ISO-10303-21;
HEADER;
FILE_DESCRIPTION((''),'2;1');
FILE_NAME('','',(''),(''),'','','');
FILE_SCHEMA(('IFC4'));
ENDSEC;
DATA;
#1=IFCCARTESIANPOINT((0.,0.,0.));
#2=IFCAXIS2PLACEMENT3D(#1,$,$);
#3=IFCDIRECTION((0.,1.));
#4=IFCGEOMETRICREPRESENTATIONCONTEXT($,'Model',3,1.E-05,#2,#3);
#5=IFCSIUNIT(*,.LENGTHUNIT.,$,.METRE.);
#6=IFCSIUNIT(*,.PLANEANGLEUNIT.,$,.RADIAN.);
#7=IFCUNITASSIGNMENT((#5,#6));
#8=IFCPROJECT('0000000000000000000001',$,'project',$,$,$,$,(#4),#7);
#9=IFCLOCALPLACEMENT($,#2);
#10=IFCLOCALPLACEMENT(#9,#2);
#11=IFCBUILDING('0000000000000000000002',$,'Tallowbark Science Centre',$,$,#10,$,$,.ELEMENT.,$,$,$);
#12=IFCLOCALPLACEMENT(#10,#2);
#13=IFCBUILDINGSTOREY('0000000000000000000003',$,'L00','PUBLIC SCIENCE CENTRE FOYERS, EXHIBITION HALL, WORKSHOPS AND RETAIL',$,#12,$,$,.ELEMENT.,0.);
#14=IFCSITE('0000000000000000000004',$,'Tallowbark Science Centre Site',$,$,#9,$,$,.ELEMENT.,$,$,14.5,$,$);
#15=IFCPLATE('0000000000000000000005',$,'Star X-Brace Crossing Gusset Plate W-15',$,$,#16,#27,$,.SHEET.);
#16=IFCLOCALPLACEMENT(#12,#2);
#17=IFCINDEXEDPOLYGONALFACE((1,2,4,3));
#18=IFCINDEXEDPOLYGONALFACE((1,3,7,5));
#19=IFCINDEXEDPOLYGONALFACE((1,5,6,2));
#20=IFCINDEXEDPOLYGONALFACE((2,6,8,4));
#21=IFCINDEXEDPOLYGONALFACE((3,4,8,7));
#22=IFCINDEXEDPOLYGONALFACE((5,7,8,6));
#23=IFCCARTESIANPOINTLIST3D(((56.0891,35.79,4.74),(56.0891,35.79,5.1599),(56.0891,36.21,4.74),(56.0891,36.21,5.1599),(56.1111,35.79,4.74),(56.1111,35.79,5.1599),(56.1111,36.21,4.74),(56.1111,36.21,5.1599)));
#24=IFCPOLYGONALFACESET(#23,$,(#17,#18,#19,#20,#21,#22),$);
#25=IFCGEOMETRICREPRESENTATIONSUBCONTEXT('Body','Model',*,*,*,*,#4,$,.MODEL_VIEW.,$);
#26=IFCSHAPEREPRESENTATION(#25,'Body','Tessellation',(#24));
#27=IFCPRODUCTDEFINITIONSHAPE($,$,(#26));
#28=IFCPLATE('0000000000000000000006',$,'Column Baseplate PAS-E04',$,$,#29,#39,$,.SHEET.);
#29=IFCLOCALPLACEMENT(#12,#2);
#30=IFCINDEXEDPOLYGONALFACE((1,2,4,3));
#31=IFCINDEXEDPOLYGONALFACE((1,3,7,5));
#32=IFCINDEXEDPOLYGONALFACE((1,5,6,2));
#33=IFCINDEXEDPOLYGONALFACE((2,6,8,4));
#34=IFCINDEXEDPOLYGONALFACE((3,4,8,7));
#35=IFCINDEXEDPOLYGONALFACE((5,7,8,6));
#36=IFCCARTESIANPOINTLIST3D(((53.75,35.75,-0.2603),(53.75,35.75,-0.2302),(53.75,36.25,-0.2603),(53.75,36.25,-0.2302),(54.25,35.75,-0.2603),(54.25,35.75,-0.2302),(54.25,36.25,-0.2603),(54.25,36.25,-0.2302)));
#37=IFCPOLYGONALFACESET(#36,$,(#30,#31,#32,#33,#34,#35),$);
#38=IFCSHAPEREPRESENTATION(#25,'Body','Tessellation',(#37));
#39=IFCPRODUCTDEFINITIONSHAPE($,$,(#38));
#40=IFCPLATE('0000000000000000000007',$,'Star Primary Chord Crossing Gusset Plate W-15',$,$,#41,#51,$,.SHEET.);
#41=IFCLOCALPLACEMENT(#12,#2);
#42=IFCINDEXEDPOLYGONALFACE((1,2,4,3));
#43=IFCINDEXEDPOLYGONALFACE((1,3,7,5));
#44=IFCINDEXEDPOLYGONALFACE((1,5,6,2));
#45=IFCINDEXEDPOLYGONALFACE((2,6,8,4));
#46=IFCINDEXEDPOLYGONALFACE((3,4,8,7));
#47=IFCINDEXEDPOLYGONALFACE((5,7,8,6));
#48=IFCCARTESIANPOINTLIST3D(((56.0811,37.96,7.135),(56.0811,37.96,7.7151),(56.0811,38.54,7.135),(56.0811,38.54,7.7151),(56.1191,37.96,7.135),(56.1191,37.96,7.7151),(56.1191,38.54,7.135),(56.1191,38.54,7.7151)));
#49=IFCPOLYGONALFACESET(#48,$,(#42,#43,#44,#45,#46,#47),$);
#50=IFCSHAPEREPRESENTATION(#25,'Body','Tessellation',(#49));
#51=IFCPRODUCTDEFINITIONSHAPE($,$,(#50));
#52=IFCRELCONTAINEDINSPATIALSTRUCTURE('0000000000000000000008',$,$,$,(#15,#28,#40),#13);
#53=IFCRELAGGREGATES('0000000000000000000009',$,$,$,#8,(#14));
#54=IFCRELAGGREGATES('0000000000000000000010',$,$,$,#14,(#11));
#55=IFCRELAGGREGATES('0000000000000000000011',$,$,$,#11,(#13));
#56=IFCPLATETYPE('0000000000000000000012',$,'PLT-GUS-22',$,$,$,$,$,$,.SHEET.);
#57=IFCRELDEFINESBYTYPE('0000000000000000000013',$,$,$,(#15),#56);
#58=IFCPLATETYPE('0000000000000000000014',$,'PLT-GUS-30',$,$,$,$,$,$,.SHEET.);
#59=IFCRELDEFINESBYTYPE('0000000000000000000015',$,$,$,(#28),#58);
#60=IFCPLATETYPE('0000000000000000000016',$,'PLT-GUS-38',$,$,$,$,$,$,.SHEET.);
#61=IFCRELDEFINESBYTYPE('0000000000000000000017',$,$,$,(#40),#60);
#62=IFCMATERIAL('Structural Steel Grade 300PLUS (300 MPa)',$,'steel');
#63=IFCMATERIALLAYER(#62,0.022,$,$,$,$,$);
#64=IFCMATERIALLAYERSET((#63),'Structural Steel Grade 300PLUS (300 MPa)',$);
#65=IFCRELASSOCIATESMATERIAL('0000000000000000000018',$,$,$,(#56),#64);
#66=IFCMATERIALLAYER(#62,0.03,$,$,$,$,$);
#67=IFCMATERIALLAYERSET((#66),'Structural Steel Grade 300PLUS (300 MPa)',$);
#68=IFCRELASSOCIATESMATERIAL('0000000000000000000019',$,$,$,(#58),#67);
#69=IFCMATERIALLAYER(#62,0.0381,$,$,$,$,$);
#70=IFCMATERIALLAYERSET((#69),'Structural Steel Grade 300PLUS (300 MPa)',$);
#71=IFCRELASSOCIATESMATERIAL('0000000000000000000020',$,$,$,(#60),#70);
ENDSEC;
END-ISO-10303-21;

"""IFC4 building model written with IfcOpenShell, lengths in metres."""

from ifc_helpers import new_model, si_unit, direction, frame, origin, origin_2d, place, context, subcontext, project, spatial, rectangle, extrude, material, layer, layer_set, type_object, element, save


model = new_model("IFC4")

# Units and contexts
model_context = context("Model", 3, precision=1e-05, world=origin(), true_north=direction((0.0, 1.0)))
body_context = subcontext(model_context, "Body", "Model", "MODEL_VIEW")
ifc_project = project(units=[si_unit("LENGTHUNIT", "METRE"), si_unit("PLANEANGLEUNIT", "RADIAN")], contexts=[model_context])

# Site, building, storey
site_placement = place(None, origin())
site = spatial("IfcSite", under=ifc_project, at=site_placement, Name="Tallowbark Science Centre Site", CompositionType="ELEMENT", RefElevation=14.5)
building_placement = place(site_placement, origin())
building = spatial("IfcBuilding", under=site, at=building_placement, Name="Tallowbark Science Centre", CompositionType="ELEMENT")
storey_placement = place(building_placement, origin())
storey = spatial("IfcBuildingStorey", under=building, at=storey_placement, Name="L00", Description="PUBLIC SCIENCE CENTRE FOYERS, EXHIBITION HALL, WORKSHOPS AND RETAIL", CompositionType="ELEMENT", Elevation=0.0)

# Shared definitions
ifc_material_1 = material(Name="Structural Steel Grade 300PLUS (300 MPa)", Category="steel")

# Plates
ifc_layer_1 = layer(ifc_material_1, 0.022)
ifc_layer_set_1 = layer_set([ifc_layer_1], Name="Structural Steel Grade 300PLUS (300 MPa)")
plate_type_1 = type_object("IfcPlateType", Name="PLT-GUS-22", PredefinedType="SHEET", material=ifc_layer_set_1)
plate_1_placement = place(storey_placement, frame((56.1001, 36.0, 4.74), z_axis=(0.0, 0.0, 1.0), x_axis=(0.0, 1.0, 0.0)))
element("IfcPlate", 1, at=plate_1_placement, inside=storey, type_object=plate_type_1, Name="Star X-Brace Crossing Gusset Plate W-15", PredefinedType="SHEET", context=body_context, shape_type="SweptSolid", body=[
    extrude(rectangle(XDim=0.4199, YDim=0.022, at=origin_2d()), origin(), (0.0, 0.0, 1.0), 0.4199),
])
ifc_layer_2 = layer(ifc_material_1, 0.03)
ifc_layer_set_2 = layer_set([ifc_layer_2], Name="Structural Steel Grade 300PLUS (300 MPa)")
plate_type_2 = type_object("IfcPlateType", Name="PLT-GUS-30", PredefinedType="SHEET", material=ifc_layer_set_2)
plate_2_placement = place(storey_placement, frame((54.0, 36.0, -0.2603), z_axis=(0.0, 0.0, 1.0), x_axis=(1.0, 0.0, 0.0)))
element("IfcPlate", 2, at=plate_2_placement, inside=storey, type_object=plate_type_2, Name="Column Baseplate PAS-E04", PredefinedType="SHEET", context=body_context, shape_type="SweptSolid", body=[
    extrude(rectangle(XDim=0.5, YDim=0.5, at=origin_2d()), origin(), (0.0, 0.0, 1.0), 0.03),
])
ifc_layer_3 = layer(ifc_material_1, 0.0381)
ifc_layer_set_3 = layer_set([ifc_layer_3], Name="Structural Steel Grade 300PLUS (300 MPa)")
plate_type_3 = type_object("IfcPlateType", Name="PLT-GUS-38", PredefinedType="SHEET", material=ifc_layer_set_3)
plate_3_placement = place(storey_placement, frame((56.1001, 38.25, 7.135), z_axis=(0.0, 0.0, 1.0), x_axis=(0.0, 1.0, 0.0)))
element("IfcPlate", 3, at=plate_3_placement, inside=storey, type_object=plate_type_3, Name="Star Primary Chord Crossing Gusset Plate W-15", PredefinedType="SHEET", context=body_context, shape_type="SweptSolid", body=[
    extrude(rectangle(XDim=0.5801, YDim=0.0381, at=origin_2d()), origin(), (0.0, 0.0, 1.0), 0.5801),
])

save(model, "model.ifc")
